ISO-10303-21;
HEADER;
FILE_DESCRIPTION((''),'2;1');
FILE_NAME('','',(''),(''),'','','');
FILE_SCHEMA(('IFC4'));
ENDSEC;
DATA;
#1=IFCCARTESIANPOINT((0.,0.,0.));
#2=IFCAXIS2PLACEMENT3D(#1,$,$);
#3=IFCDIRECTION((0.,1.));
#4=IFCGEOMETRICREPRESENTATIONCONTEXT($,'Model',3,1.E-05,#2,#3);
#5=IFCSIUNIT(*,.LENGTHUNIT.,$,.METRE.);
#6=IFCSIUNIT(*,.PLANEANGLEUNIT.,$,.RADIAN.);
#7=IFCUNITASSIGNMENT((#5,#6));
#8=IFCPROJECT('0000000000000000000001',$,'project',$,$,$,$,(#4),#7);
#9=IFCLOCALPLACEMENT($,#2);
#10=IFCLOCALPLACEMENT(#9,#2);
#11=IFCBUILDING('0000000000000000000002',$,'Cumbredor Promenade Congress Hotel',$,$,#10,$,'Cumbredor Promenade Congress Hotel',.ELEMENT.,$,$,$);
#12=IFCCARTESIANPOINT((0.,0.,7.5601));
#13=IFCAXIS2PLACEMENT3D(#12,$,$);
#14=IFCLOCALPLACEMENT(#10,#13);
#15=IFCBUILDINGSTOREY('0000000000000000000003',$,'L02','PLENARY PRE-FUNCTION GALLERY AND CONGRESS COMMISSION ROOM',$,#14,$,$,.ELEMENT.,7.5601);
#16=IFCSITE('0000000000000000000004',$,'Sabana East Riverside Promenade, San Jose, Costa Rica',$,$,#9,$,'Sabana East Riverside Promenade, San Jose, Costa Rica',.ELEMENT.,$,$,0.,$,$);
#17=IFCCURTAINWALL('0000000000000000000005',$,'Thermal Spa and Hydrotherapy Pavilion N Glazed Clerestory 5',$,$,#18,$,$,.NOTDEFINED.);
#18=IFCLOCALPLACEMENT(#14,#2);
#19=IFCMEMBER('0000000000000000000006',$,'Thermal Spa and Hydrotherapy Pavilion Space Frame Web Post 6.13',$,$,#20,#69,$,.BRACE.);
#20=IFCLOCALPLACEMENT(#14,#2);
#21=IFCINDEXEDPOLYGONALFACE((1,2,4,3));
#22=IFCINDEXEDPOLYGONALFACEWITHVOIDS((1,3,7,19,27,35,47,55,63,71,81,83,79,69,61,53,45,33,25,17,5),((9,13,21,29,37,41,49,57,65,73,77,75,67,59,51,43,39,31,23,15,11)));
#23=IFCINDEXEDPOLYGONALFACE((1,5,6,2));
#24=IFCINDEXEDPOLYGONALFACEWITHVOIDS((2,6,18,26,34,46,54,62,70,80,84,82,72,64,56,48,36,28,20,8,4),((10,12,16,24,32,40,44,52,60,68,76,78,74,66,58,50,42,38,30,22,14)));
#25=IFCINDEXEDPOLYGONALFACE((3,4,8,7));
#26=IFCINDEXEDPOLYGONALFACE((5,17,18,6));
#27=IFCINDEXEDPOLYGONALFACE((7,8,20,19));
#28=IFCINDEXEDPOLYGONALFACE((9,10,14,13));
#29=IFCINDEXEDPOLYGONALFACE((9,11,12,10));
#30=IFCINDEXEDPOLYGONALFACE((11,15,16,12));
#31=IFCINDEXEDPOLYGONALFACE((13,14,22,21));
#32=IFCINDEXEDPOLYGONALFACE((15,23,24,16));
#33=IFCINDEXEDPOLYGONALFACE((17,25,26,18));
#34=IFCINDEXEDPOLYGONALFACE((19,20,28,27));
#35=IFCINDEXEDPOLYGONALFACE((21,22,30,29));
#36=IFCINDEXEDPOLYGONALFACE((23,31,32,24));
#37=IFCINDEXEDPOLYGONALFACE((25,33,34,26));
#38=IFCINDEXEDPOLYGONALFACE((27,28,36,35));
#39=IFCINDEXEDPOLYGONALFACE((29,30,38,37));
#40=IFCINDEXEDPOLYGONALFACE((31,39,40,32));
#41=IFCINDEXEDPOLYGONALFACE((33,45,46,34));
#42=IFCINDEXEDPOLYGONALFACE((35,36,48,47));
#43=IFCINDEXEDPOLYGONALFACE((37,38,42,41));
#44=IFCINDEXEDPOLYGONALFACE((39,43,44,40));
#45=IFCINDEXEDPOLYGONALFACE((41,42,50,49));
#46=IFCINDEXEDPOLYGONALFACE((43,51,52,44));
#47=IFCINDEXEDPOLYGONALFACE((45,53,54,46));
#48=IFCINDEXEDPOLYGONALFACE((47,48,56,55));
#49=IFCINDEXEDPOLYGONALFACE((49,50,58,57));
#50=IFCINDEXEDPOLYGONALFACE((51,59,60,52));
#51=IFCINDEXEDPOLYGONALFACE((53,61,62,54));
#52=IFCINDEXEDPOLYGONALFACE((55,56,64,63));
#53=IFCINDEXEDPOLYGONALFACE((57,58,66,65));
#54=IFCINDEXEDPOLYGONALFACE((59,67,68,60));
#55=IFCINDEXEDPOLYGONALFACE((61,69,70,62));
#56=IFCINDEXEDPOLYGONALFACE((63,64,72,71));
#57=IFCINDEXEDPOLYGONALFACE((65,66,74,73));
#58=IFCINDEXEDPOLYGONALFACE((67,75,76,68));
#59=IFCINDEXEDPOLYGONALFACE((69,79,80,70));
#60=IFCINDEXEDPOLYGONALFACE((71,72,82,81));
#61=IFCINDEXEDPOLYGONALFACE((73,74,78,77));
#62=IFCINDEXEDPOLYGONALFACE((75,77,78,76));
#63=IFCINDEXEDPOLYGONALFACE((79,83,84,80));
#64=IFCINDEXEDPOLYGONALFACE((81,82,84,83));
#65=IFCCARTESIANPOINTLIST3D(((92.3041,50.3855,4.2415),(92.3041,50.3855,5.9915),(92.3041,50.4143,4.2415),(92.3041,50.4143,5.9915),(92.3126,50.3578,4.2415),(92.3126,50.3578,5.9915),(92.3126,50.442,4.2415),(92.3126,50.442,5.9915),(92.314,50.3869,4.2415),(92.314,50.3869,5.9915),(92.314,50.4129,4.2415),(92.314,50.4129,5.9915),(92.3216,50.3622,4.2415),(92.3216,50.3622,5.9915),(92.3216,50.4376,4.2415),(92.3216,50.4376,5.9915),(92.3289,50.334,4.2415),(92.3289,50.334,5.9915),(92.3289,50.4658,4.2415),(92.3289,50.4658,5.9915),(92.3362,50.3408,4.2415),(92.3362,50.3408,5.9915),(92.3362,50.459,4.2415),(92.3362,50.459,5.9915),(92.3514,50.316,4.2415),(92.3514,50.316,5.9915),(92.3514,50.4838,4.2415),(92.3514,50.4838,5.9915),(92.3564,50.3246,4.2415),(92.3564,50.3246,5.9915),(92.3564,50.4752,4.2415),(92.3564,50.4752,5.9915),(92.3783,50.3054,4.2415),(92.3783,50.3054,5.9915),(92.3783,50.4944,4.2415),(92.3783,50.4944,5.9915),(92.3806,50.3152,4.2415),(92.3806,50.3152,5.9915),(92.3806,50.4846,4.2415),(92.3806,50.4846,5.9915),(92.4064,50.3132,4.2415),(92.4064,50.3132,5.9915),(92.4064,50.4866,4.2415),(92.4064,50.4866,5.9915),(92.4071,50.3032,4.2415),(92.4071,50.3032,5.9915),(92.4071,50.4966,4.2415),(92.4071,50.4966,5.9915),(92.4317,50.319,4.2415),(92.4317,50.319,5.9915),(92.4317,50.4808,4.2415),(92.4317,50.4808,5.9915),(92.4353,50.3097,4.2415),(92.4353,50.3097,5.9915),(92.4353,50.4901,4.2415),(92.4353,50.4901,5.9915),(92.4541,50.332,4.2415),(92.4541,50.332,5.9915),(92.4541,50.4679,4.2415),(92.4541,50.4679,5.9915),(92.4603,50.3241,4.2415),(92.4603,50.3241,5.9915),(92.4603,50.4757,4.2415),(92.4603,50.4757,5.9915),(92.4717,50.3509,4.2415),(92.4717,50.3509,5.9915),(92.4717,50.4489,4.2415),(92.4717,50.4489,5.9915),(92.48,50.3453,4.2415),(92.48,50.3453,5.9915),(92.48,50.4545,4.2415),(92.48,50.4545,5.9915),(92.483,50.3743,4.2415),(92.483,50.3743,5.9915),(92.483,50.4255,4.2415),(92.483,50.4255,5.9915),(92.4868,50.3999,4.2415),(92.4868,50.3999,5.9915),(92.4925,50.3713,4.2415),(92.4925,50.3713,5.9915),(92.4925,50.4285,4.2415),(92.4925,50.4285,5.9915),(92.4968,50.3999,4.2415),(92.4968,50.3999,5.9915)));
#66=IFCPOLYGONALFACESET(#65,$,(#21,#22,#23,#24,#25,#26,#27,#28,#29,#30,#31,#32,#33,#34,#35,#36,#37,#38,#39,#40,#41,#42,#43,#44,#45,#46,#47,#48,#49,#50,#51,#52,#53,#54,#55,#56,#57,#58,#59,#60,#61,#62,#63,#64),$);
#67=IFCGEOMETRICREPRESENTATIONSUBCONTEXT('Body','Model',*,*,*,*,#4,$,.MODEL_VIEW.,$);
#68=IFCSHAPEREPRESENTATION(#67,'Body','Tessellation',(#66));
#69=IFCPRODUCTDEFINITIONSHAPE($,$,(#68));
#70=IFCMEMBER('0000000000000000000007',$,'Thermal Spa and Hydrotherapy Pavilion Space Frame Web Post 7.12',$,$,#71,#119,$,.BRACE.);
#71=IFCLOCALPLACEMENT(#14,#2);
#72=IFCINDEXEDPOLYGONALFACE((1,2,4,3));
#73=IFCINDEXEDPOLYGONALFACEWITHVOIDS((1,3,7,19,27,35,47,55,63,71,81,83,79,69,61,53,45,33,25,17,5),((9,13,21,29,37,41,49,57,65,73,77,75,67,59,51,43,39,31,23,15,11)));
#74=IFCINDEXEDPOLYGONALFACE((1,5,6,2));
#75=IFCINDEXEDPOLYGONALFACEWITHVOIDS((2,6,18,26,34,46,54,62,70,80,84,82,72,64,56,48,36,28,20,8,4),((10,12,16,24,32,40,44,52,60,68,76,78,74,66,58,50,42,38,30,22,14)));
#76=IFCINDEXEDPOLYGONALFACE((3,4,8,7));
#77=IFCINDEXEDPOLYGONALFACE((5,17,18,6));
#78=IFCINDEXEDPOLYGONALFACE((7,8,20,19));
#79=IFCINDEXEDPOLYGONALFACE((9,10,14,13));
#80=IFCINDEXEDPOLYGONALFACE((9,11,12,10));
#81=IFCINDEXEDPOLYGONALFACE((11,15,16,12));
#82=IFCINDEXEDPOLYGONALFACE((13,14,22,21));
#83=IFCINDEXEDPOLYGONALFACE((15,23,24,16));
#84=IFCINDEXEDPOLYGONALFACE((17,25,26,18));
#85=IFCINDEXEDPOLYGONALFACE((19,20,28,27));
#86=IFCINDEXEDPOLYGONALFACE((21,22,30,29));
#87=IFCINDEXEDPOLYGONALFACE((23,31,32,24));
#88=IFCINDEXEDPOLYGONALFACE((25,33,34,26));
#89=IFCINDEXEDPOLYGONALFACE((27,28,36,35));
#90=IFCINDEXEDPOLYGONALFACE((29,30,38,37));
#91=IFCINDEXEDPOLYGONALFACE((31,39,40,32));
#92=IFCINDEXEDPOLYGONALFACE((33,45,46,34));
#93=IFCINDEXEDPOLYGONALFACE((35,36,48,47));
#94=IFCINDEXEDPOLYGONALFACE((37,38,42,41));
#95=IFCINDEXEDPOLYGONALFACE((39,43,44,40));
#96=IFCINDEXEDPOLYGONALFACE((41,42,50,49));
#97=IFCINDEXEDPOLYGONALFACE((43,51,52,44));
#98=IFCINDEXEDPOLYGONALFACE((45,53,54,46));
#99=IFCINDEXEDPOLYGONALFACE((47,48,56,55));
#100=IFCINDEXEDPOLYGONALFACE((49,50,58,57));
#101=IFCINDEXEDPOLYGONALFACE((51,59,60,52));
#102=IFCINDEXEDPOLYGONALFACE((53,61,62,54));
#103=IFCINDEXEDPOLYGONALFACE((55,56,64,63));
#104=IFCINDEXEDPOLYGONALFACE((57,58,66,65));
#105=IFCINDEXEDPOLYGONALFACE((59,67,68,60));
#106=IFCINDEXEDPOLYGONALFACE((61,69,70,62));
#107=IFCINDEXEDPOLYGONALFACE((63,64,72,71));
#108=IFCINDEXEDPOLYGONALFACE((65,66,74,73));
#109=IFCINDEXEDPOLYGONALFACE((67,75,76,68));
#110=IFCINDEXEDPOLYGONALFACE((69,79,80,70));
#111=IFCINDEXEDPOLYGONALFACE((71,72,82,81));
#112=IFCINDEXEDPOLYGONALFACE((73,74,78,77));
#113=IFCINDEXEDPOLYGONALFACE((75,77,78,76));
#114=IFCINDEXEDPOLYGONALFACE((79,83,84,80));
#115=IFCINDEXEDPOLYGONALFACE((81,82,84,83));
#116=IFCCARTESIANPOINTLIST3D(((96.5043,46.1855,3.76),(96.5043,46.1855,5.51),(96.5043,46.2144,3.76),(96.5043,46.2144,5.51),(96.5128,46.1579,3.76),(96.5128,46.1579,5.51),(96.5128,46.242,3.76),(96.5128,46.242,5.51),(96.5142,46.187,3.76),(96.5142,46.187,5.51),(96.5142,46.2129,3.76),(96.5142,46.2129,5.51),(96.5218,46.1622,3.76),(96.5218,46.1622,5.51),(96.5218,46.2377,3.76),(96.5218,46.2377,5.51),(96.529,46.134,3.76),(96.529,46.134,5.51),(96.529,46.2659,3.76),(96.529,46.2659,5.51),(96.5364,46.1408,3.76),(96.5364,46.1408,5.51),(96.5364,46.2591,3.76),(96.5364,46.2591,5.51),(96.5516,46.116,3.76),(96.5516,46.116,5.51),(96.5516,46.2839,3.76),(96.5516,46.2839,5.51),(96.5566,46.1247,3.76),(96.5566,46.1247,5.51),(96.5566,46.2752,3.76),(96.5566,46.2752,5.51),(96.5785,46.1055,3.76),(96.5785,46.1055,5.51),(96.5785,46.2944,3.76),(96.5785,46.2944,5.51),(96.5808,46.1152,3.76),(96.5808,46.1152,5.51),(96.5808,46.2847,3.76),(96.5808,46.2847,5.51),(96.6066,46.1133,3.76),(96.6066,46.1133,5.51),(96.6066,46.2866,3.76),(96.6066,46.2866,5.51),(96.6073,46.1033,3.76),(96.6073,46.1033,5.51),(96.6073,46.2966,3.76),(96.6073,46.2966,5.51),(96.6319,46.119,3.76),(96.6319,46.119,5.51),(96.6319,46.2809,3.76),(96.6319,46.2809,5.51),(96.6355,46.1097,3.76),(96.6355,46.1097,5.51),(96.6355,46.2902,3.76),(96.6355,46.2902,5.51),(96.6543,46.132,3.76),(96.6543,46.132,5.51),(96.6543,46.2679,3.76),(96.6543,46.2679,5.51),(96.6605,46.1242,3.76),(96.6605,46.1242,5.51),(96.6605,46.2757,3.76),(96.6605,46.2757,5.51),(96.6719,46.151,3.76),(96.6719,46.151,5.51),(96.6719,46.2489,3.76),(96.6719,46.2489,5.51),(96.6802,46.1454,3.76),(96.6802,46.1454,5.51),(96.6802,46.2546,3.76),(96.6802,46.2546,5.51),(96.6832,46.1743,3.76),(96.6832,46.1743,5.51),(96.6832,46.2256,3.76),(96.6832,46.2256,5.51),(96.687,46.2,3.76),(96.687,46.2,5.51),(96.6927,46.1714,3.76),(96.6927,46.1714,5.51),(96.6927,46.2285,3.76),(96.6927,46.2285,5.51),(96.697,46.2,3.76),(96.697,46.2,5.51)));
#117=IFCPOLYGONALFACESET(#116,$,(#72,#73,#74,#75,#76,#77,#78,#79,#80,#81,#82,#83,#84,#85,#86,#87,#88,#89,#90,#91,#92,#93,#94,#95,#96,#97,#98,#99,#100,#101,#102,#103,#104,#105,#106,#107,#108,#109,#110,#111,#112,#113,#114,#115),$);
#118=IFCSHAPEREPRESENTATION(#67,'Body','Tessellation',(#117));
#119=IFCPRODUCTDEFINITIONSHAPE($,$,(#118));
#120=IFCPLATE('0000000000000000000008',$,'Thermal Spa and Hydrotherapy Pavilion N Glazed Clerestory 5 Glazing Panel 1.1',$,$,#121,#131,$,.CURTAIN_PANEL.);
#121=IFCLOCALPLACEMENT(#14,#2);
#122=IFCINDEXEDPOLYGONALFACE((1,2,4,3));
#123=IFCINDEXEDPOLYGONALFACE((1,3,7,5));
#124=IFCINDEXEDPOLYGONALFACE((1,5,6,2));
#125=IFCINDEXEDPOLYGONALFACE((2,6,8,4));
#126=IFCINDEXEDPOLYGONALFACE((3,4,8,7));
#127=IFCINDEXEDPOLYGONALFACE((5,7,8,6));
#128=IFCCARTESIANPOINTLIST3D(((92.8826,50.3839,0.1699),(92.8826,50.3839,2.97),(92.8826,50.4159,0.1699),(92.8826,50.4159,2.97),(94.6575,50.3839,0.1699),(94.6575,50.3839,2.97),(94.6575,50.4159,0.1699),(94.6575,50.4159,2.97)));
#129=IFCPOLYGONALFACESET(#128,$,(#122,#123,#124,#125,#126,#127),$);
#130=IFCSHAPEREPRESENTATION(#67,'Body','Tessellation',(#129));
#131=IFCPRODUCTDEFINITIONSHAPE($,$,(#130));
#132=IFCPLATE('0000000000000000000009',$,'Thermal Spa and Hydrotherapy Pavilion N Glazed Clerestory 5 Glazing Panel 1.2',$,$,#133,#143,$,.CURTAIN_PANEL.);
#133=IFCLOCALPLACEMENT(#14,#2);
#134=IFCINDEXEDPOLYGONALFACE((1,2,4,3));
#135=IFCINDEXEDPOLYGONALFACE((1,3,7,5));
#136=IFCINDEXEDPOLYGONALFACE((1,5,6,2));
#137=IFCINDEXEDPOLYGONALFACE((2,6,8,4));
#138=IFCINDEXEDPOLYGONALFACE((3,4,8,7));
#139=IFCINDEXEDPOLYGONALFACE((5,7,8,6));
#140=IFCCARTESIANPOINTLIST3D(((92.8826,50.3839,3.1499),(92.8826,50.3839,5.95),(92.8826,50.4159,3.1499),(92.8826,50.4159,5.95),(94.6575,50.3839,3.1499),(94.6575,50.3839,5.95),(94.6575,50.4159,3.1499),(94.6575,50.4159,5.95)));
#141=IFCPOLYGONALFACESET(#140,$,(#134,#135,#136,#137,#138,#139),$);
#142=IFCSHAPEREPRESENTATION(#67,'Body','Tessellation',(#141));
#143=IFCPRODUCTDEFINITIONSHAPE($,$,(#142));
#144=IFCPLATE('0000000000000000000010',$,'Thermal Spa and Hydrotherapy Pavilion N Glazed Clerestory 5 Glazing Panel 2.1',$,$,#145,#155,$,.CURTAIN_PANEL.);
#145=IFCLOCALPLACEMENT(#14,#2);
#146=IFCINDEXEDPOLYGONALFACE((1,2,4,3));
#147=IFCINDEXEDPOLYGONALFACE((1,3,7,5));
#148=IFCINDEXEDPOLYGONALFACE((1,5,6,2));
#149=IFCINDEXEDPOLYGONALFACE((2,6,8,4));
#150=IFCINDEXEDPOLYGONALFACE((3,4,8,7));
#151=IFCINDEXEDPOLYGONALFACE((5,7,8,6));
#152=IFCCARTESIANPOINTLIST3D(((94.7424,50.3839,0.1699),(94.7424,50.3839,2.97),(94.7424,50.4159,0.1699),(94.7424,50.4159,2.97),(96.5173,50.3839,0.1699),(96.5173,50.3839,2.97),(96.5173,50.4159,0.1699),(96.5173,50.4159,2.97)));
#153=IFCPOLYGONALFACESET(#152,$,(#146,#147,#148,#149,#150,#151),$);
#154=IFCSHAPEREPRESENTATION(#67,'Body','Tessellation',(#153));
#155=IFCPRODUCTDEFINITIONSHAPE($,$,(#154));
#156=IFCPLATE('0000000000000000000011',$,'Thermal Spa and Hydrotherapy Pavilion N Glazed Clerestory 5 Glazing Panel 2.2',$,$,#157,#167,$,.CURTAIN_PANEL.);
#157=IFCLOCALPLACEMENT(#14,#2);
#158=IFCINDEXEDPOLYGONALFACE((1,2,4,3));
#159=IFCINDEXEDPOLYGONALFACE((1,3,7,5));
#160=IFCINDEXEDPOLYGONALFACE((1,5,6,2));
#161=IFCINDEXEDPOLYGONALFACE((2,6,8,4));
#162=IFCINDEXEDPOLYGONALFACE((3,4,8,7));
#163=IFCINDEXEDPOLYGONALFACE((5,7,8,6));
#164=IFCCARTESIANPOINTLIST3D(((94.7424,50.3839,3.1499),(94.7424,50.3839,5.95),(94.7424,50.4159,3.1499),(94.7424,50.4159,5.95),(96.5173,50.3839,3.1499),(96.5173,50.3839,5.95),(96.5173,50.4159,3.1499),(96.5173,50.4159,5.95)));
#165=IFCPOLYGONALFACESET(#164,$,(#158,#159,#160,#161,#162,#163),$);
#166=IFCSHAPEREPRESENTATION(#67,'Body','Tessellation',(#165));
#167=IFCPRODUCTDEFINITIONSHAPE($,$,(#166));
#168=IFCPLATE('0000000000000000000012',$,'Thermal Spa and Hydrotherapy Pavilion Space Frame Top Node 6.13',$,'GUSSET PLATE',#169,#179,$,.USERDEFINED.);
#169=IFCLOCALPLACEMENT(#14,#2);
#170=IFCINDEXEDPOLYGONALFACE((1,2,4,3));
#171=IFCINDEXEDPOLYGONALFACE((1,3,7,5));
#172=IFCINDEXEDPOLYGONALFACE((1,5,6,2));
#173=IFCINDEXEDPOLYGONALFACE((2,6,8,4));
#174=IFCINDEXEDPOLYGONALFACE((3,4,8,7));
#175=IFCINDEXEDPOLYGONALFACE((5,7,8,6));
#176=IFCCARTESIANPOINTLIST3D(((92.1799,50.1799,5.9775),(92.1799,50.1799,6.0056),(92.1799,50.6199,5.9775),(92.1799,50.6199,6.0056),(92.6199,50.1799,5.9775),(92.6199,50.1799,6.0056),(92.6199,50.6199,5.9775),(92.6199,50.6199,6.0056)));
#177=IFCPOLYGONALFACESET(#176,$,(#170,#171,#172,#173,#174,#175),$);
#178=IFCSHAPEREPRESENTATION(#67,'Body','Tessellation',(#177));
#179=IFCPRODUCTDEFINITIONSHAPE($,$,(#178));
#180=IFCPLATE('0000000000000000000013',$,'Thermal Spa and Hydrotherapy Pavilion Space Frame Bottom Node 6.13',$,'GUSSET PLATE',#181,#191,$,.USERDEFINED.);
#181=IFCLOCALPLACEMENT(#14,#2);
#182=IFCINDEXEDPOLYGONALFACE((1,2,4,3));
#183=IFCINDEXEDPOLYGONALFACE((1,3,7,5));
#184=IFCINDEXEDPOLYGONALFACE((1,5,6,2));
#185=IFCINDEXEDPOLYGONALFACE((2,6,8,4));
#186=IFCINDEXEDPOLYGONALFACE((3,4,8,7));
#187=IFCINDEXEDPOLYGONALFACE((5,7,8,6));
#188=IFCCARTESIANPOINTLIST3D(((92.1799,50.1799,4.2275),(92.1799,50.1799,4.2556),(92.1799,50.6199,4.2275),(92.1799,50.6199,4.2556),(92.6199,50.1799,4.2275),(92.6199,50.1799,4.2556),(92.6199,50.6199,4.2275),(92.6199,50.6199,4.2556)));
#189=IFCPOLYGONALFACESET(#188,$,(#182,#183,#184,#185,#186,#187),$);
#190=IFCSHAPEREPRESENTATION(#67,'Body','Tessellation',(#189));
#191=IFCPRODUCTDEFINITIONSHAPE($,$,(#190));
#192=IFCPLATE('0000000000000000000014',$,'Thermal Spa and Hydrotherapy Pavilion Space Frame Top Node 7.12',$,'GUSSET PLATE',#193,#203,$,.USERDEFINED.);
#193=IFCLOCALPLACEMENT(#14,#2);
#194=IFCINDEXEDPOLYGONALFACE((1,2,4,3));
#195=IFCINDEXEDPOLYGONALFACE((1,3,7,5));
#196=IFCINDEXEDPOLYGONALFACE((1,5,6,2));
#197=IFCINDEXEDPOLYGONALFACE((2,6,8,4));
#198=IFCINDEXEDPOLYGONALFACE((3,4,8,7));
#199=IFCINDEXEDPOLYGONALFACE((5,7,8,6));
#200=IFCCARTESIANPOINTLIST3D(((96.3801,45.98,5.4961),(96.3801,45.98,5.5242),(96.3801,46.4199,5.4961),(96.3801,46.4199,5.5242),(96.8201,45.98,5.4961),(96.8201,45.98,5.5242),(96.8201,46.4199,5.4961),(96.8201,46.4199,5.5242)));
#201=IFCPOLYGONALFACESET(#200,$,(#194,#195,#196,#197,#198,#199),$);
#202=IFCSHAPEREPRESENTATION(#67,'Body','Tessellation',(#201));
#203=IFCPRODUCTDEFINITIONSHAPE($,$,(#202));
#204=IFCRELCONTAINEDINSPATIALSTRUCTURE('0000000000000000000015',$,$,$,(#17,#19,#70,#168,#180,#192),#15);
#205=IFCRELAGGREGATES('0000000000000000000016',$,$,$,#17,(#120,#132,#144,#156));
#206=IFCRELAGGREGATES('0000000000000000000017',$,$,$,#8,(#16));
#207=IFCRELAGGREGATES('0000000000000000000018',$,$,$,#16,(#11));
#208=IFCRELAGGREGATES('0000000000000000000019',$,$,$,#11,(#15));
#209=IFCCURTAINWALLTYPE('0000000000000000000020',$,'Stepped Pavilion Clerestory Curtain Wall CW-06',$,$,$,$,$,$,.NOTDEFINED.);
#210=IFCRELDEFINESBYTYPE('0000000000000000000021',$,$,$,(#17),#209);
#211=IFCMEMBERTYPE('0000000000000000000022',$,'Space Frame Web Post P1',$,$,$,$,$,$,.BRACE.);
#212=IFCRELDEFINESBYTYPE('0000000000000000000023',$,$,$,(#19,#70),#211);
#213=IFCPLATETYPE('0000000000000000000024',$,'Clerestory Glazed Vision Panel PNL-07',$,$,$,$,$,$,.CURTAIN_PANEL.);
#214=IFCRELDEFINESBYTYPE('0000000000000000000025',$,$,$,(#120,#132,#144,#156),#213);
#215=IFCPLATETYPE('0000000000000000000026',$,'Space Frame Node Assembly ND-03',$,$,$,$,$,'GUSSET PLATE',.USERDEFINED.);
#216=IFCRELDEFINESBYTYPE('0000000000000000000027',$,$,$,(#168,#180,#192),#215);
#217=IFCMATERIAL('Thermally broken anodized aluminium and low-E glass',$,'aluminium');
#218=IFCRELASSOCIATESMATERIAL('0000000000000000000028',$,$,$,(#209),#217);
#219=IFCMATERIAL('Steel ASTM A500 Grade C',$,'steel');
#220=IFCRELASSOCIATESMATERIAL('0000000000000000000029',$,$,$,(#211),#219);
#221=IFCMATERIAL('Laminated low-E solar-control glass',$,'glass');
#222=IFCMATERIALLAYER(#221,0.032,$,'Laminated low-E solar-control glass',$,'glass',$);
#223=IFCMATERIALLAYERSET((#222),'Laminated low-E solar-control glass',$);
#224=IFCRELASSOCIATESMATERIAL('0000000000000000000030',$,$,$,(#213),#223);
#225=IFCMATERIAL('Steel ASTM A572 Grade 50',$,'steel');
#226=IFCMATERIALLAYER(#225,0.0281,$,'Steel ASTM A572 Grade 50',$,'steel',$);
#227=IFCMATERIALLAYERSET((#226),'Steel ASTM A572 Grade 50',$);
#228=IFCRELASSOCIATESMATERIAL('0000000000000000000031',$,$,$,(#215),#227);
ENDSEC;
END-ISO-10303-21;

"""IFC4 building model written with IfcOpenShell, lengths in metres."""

from ifc_helpers import new_model, si_unit, direction, frame, origin, origin_2d, place, context, subcontext, project, spatial, rectangle, hollow_circle, extrude, material, layer, layer_set, material_profile, profile_set, type_object, element, aggregate, save


model = new_model("IFC4")

# Units and contexts
model_context = context("Model", 3, precision=1e-05, world=origin(), true_north=direction((0.0, 1.0)))
body_context = subcontext(model_context, "Body", "Model", "MODEL_VIEW")
ifc_project = project(units=[si_unit("LENGTHUNIT", "METRE"), si_unit("PLANEANGLEUNIT", "RADIAN")], contexts=[model_context])

# Site, building, storey
site_placement = place(None, origin())
site = spatial("IfcSite", under=ifc_project, at=site_placement, Name="Sabana East Riverside Promenade, San Jose, Costa Rica", LongName="Sabana East Riverside Promenade, San Jose, Costa Rica", CompositionType="ELEMENT", RefElevation=0.0)
building_placement = place(site_placement, origin())
building = spatial("IfcBuilding", under=site, at=building_placement, Name="Cumbredor Promenade Congress Hotel", LongName="Cumbredor Promenade Congress Hotel", CompositionType="ELEMENT")
storey_placement = place(building_placement, frame((0.0, 0.0, 7.5601)))
storey = spatial("IfcBuildingStorey", under=building, at=storey_placement, Name="L02", Description="PLENARY PRE-FUNCTION GALLERY AND CONGRESS COMMISSION ROOM", CompositionType="ELEMENT", Elevation=7.5601)

# Curtain wall
ifc_material_1 = material(Name="Thermally broken anodized aluminium and low-E glass", Category="aluminium")
curtain_wall_type = type_object("IfcCurtainWallType", Name="Stepped Pavilion Clerestory Curtain Wall CW-06", PredefinedType="NOTDEFINED", material=ifc_material_1)
curtain_wall_placement = place(storey_placement, origin())
curtain_wall = element("IfcCurtainWall", 1, at=curtain_wall_placement, inside=storey, type_object=curtain_wall_type, Name="Thermal Spa and Hydrotherapy Pavilion N Glazed Clerestory 5", PredefinedType="NOTDEFINED")

# Members
ifc_material_2 = material(Name="Steel ASTM A500 Grade C", Category="steel")
ifc_material_profile_1 = material_profile(ifc_material_2, hollow_circle(Radius=0.0969, WallThickness=0.01, at=origin_2d()), Name="CHS 193.7x10")
ifc_profile_set_1 = profile_set([ifc_material_profile_1], Name="Steel ASTM A500 Grade C")
member_type_1 = type_object("IfcMemberType", Name="Space Frame Web Post P1", PredefinedType="BRACE", material=ifc_profile_set_1)
for number, where, z_axis, x_axis, name in (
    (2, (92.3999, 50.3999, 4.2415), (0.0, 0.0, 1.0), (1.0, 0.0, 0.0), "Thermal Spa and Hydrotherapy Pavilion Space Frame Web Post 6.13"),
    (3, (96.6001, 46.2, 3.76), (0.0, 0.0, 1.0), (1.0, 0.0, 0.0), "Thermal Spa and Hydrotherapy Pavilion Space Frame Web Post 7.12"),
):
    element("IfcMember", number, at=place(storey_placement, frame(where, z_axis=z_axis, x_axis=x_axis)), inside=storey, type_object=member_type_1, Name=name, PredefinedType="BRACE", context=body_context, shape_type="SweptSolid", body=[
        extrude(hollow_circle(Radius=0.0969, WallThickness=0.01, at=origin_2d()), origin(), (0.0, 0.0, 1.0), 1.75),
    ])

# Plates
ifc_material_3 = material(Name="Laminated low-E solar-control glass", Category="glass")
ifc_layer_1 = layer(ifc_material_3, 0.032, Name="Laminated low-E solar-control glass", Category="glass")
ifc_layer_set_1 = layer_set([ifc_layer_1], Name="Laminated low-E solar-control glass")
plate_type_1 = type_object("IfcPlateType", Name="Clerestory Glazed Vision Panel PNL-07", PredefinedType="CURTAIN_PANEL", material=ifc_layer_set_1)
plate_1_placement = place(storey_placement, frame((93.77, 50.3999, 0.1699), z_axis=(0.0, 0.0, 1.0), x_axis=(1.0, 0.0, 0.0)))
plate_1 = element("IfcPlate", 4, at=plate_1_placement, type_object=plate_type_1, Name="Thermal Spa and Hydrotherapy Pavilion N Glazed Clerestory 5 Glazing Panel 1.1", PredefinedType="CURTAIN_PANEL", context=body_context, shape_type="SweptSolid", body=[
    extrude(rectangle(XDim=1.7749, YDim=0.032, at=origin_2d()), origin(), (0.0, 0.0, 1.0), 2.8),
])
plate_2_placement = place(storey_placement, frame((93.77, 50.3999, 3.1499), z_axis=(0.0, 0.0, 1.0), x_axis=(1.0, 0.0, 0.0)))
plate_2 = element("IfcPlate", 5, at=plate_2_placement, type_object=plate_type_1, Name="Thermal Spa and Hydrotherapy Pavilion N Glazed Clerestory 5 Glazing Panel 1.2", PredefinedType="CURTAIN_PANEL", context=body_context, shape_type="SweptSolid", body=[
    extrude(rectangle(XDim=1.7749, YDim=0.032, at=origin_2d()), origin(), (0.0, 0.0, 1.0), 2.8),
])
plate_3_placement = place(storey_placement, frame((95.6299, 50.3999, 0.1699), z_axis=(0.0, 0.0, 1.0), x_axis=(1.0, 0.0, 0.0)))
plate_3 = element("IfcPlate", 6, at=plate_3_placement, type_object=plate_type_1, Name="Thermal Spa and Hydrotherapy Pavilion N Glazed Clerestory 5 Glazing Panel 2.1", PredefinedType="CURTAIN_PANEL", context=body_context, shape_type="SweptSolid", body=[
    extrude(rectangle(XDim=1.7749, YDim=0.032, at=origin_2d()), origin(), (0.0, 0.0, 1.0), 2.8),
])
plate_4_placement = place(storey_placement, frame((95.6299, 50.3999, 3.1499), z_axis=(0.0, 0.0, 1.0), x_axis=(1.0, 0.0, 0.0)))
plate_4 = element("IfcPlate", 7, at=plate_4_placement, type_object=plate_type_1, Name="Thermal Spa and Hydrotherapy Pavilion N Glazed Clerestory 5 Glazing Panel 2.2", PredefinedType="CURTAIN_PANEL", context=body_context, shape_type="SweptSolid", body=[
    extrude(rectangle(XDim=1.7749, YDim=0.032, at=origin_2d()), origin(), (0.0, 0.0, 1.0), 2.8),
])
aggregate(curtain_wall, [plate_1, plate_2, plate_3, plate_4])

# Plates
ifc_material_4 = material(Name="Steel ASTM A572 Grade 50", Category="steel")
ifc_layer_2 = layer(ifc_material_4, 0.0281, Name="Steel ASTM A572 Grade 50", Category="steel")
ifc_layer_set_2 = layer_set([ifc_layer_2], Name="Steel ASTM A572 Grade 50")
plate_type_2 = type_object("IfcPlateType", Name="Space Frame Node Assembly ND-03", ElementType="GUSSET PLATE", PredefinedType="USERDEFINED", material=ifc_layer_set_2)
for number, where, z_axis, x_axis, name in (
    (8, (92.3999, 50.3999, 5.9775), (0.0, 0.0, 1.0), (1.0, 0.0, 0.0), "Thermal Spa and Hydrotherapy Pavilion Space Frame Top Node 6.13"),
    (9, (92.3999, 50.3999, 4.2275), (0.0, 0.0, 1.0), (1.0, 0.0, 0.0), "Thermal Spa and Hydrotherapy Pavilion Space Frame Bottom Node 6.13"),
    (10, (96.6001, 46.2, 5.4961), (0.0, 0.0, 1.0), (1.0, 0.0, 0.0), "Thermal Spa and Hydrotherapy Pavilion Space Frame Top Node 7.12"),
):
    element("IfcPlate", number, at=place(storey_placement, frame(where, z_axis=z_axis, x_axis=x_axis)), inside=storey, type_object=plate_type_2, Name=name, ObjectType="GUSSET PLATE", PredefinedType="USERDEFINED", context=body_context, shape_type="SweptSolid", body=[
        extrude(rectangle(XDim=0.4399, YDim=0.4399, at=origin_2d()), origin(), (0.0, 0.0, 1.0), 0.0281),
    ])

save(model, "model.ifc")
